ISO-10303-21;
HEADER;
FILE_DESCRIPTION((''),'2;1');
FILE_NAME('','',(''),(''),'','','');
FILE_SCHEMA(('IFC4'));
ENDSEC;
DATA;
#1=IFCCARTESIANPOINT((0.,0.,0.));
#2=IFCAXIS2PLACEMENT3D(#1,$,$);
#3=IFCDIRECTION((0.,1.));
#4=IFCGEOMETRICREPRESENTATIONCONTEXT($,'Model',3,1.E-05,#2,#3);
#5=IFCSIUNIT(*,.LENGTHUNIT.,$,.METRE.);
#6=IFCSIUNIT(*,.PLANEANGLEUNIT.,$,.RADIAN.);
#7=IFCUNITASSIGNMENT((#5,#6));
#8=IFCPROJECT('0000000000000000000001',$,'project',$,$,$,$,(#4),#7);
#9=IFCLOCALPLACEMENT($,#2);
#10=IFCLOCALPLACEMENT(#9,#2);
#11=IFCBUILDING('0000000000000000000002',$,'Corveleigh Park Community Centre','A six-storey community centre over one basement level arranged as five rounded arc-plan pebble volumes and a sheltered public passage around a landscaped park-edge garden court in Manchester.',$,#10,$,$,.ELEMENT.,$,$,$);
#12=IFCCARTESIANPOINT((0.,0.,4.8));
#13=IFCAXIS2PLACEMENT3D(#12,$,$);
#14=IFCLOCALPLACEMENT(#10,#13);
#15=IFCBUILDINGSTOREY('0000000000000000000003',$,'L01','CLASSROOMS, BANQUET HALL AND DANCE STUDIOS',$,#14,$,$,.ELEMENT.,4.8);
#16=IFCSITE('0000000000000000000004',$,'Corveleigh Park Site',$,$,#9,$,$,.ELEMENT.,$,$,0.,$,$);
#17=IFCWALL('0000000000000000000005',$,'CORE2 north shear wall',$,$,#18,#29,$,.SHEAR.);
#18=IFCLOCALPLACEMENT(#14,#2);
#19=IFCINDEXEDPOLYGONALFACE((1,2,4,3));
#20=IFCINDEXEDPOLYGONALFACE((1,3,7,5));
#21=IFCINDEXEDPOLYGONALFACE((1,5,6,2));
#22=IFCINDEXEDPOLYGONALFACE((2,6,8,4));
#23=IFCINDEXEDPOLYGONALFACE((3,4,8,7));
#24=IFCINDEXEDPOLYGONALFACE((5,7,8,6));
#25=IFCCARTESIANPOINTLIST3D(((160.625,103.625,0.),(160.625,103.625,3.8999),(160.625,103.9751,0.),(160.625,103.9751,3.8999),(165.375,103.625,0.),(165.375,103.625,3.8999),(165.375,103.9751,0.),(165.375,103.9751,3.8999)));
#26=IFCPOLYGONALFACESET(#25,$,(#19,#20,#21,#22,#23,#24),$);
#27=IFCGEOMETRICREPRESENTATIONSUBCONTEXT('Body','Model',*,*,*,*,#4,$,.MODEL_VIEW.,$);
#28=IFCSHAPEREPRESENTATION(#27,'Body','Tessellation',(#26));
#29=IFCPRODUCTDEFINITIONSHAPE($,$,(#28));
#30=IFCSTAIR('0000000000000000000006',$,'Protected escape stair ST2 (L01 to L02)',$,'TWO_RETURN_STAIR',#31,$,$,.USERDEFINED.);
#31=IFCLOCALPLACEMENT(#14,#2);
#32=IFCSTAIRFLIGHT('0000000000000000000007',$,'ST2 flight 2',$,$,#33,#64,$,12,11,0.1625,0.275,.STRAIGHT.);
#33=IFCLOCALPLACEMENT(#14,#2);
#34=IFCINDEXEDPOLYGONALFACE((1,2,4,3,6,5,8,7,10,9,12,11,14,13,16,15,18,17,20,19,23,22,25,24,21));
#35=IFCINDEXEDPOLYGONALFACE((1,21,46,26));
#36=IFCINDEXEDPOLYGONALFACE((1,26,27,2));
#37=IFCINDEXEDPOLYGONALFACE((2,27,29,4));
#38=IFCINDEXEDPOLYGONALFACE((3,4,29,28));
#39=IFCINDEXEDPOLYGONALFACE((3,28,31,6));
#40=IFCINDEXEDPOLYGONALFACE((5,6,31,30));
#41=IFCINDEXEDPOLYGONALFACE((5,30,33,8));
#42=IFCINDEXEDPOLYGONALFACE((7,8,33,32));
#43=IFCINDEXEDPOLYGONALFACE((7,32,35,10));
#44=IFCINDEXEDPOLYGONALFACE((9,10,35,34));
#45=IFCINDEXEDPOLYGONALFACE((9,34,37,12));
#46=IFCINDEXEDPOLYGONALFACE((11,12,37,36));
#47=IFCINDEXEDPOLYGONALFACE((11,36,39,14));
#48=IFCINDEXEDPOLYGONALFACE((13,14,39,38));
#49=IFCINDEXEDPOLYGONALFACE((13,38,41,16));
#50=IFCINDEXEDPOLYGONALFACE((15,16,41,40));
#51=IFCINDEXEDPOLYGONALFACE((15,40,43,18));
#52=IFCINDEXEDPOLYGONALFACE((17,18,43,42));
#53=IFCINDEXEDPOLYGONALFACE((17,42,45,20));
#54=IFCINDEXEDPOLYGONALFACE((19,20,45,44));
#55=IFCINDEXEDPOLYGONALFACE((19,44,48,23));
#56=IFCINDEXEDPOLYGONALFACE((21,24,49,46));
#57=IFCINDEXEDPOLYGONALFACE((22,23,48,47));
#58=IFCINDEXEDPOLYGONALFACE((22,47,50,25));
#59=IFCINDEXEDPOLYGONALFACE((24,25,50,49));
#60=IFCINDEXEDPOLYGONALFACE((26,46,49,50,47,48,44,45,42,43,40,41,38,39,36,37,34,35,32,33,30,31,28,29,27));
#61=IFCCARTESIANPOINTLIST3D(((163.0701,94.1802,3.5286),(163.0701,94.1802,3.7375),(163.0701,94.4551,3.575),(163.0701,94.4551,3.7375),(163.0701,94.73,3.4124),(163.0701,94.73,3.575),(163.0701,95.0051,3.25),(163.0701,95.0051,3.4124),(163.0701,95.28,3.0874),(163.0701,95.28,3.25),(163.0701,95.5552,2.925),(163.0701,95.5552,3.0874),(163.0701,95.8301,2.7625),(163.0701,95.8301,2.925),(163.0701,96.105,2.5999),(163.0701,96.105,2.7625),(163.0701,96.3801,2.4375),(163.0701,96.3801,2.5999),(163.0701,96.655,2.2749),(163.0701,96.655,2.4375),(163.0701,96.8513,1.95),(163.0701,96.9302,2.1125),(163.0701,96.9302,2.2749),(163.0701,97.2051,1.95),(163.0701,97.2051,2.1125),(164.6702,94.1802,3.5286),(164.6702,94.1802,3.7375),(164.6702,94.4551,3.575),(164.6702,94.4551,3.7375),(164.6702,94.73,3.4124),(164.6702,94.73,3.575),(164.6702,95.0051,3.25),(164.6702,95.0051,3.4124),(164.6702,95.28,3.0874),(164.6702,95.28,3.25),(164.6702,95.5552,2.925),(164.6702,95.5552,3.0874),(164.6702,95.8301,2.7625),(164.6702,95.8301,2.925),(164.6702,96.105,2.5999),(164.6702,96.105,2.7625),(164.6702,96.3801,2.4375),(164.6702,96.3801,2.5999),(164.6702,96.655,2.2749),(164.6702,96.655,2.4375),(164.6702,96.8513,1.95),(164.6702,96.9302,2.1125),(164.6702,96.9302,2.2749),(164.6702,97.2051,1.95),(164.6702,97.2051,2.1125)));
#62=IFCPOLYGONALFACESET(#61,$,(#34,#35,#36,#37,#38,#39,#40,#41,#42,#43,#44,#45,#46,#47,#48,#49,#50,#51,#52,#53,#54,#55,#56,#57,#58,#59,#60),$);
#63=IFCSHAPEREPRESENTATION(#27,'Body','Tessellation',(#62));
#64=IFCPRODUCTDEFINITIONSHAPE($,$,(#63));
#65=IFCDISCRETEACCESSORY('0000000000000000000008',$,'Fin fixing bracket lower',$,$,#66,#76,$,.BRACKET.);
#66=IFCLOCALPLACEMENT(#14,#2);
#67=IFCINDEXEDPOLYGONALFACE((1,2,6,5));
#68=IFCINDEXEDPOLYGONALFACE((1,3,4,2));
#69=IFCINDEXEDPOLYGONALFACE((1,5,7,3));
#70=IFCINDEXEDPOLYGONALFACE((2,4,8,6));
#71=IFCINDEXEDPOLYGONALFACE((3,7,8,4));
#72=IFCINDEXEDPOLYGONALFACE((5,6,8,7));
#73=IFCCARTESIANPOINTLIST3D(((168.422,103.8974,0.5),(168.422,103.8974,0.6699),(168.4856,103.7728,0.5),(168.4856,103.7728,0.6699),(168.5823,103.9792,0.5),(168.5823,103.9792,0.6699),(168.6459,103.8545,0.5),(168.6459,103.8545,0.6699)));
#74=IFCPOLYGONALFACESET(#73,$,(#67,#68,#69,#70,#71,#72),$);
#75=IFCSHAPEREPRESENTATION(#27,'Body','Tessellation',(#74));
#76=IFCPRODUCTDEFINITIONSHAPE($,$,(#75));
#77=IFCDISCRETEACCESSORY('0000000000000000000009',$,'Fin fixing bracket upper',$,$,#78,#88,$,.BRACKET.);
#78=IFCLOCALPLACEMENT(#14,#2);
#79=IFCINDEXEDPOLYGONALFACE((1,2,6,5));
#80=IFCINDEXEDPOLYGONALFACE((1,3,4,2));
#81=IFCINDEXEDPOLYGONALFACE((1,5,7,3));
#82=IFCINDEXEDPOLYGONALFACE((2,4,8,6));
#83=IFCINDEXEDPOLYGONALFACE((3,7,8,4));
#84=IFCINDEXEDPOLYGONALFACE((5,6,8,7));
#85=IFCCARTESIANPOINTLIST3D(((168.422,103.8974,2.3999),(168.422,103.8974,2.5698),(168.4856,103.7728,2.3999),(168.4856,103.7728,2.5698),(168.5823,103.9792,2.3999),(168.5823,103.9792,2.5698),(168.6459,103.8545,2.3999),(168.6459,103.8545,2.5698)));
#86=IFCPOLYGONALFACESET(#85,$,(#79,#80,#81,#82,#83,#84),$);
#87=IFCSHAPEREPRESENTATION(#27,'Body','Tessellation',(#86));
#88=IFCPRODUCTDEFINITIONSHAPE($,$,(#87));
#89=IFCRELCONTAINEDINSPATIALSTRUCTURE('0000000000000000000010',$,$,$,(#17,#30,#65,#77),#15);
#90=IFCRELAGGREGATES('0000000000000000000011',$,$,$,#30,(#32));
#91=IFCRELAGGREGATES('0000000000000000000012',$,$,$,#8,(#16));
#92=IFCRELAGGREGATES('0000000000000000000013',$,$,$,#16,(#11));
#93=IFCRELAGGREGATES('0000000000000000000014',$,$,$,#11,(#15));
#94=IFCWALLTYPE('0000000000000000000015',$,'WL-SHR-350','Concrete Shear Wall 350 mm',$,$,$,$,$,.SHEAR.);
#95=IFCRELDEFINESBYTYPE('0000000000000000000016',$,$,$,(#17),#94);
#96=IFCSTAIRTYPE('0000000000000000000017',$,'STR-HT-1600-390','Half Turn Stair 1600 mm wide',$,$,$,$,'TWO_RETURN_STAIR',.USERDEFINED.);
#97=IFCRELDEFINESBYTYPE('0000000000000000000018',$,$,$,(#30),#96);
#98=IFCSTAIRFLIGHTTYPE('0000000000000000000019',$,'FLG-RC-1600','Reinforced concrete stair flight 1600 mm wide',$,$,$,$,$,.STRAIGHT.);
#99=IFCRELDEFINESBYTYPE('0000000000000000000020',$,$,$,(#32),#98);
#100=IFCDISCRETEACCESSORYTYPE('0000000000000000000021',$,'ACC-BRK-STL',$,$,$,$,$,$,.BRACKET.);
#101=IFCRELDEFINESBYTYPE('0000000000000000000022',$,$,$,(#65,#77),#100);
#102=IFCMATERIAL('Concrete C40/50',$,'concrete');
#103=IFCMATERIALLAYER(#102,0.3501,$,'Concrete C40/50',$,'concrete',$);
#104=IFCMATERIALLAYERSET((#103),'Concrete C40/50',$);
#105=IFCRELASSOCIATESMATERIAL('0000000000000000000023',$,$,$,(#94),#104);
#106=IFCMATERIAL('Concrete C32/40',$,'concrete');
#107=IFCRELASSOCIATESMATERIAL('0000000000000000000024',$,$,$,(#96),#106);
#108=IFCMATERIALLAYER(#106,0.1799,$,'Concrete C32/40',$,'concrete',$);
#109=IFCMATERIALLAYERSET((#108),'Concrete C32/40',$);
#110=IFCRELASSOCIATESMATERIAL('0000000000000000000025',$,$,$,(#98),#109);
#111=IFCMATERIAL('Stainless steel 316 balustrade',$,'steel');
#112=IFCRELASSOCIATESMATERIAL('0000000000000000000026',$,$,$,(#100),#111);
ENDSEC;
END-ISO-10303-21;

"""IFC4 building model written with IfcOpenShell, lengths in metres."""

from ifc_helpers import new_model, si_unit, direction, frame, frame_2d, origin, origin_2d, place, context, subcontext, project, spatial, polyline, rectangle, outline, extrude, material, layer, layer_set, type_object, element, aggregate, save


model = new_model("IFC4")

# Units and contexts
model_context = context("Model", 3, precision=1e-05, world=origin(), true_north=direction((0.0, 1.0)))
body_context = subcontext(model_context, "Body", "Model", "MODEL_VIEW")
ifc_project = project(units=[si_unit("LENGTHUNIT", "METRE"), si_unit("PLANEANGLEUNIT", "RADIAN")], contexts=[model_context])

# Site, building, storey
site_placement = place(None, origin())
site = spatial("IfcSite", under=ifc_project, at=site_placement, Name="Corveleigh Park Site", CompositionType="ELEMENT", RefElevation=0.0)
building_placement = place(site_placement, origin())
building = spatial("IfcBuilding", under=site, at=building_placement, Name="Corveleigh Park Community Centre", Description="A six-storey community centre over one basement level arranged as five rounded arc-plan pebble volumes and a sheltered public passage around a landscaped park-edge garden court in Manchester.", CompositionType="ELEMENT")
storey_placement = place(building_placement, frame((0.0, 0.0, 4.8)))
storey = spatial("IfcBuildingStorey", under=building, at=storey_placement, Name="L01", Description="CLASSROOMS, BANQUET HALL AND DANCE STUDIOS", CompositionType="ELEMENT", Elevation=4.8)

# Wall
ifc_material_1 = material(Name="Concrete C40/50", Category="concrete")
ifc_layer_1 = layer(ifc_material_1, 0.3501, Name="Concrete C40/50", Category="concrete")
ifc_layer_set_1 = layer_set([ifc_layer_1], Name="Concrete C40/50")
wall_type_1 = type_object("IfcWallType", Name="WL-SHR-350", Description="Concrete Shear Wall 350 mm", PredefinedType="SHEAR", material=ifc_layer_set_1)
wall_1_placement = place(storey_placement, frame((165.375, 103.8, 0.0), z_axis=(0.0, 0.0, 1.0), x_axis=(-1.0, 0.0, 0.0)))
element("IfcWall", 1, at=wall_1_placement, inside=storey, type_object=wall_type_1, Name="CORE2 north shear wall", PredefinedType="SHEAR", context=body_context, shape_type="SweptSolid", body=[
    extrude(rectangle(XDim=4.75, YDim=0.3501, at=frame_2d((2.375, 0.0))), origin(), (0.0, 0.0, 1.0), 3.8999),
])

# Stair, stair flight
ifc_material_2 = material(Name="Concrete C32/40", Category="concrete")
stair_type = type_object("IfcStairType", Name="STR-HT-1600-390", Description="Half Turn Stair 1600 mm wide", ElementType="TWO_RETURN_STAIR", PredefinedType="USERDEFINED", material=ifc_material_2)
stair_placement = place(storey_placement, origin())
stair = element("IfcStair", 2, at=stair_placement, inside=storey, type_object=stair_type, Name="Protected escape stair ST2 (L01 to L02)", ObjectType="TWO_RETURN_STAIR", PredefinedType="USERDEFINED")
ifc_layer_2 = layer(ifc_material_2, 0.1799, Name="Concrete C32/40", Category="concrete")
ifc_layer_set_2 = layer_set([ifc_layer_2], Name="Concrete C32/40")
stair_flight_type = type_object("IfcStairFlightType", Name="FLG-RC-1600", Description="Reinforced concrete stair flight 1600 mm wide", PredefinedType="STRAIGHT", material=ifc_layer_set_2)
stair_flight_placement = place(storey_placement, frame((163.8701, 97.2051, 1.95), z_axis=(0.0, 0.0, 1.0), x_axis=(0.0, -1.0, 0.0)))
stair_flight = element("IfcStairFlight", 3, at=stair_flight_placement, type_object=stair_flight_type, Name="ST2 flight 2", NumberOfRisers=12, NumberOfTreads=11, PredefinedType="STRAIGHT", RiserHeight=0.1625, TreadLength=0.275, context=body_context, shape_type="SweptSolid", body=[
    extrude(outline(polyline([(0.0, 0.0), (0.0, 0.1626), (0.2749, 0.1626), (0.2749, 0.325), (0.55, 0.325), (0.55, 0.4875), (0.825, 0.4875), (0.825, 0.6499), (1.1001, 0.6499), (1.1001, 0.8125), (1.375, 0.8125), (1.375, 0.9751), (1.6499, 0.9751), (1.6499, 1.1375), (1.925, 1.1375), (1.925, 1.3), (2.2, 1.3), (2.2, 1.4624), (2.4751, 1.4624), (2.4751, 1.625), (2.75, 1.625), (2.75, 1.7876), (3.0249, 1.7876), (3.0249, 1.95), (3.0249, 1.5786), (0.3538, 0.0), (0.0, 0.0)])), frame((0.0, 0.8, 0.0), z_axis=(0.0, -1.0, 0.0), x_axis=(1.0, 0.0, 0.0)), (0.0, 0.0, 1.0), 1.6001),
])
aggregate(stair, [stair_flight])

# Discrete accessories
ifc_material_3 = material(Name="Stainless steel 316 balustrade", Category="steel")
discrete_accessory_type = type_object("IfcDiscreteAccessoryType", Name="ACC-BRK-STL", PredefinedType="BRACKET", material=ifc_material_3)
for number, where, z_axis, x_axis, name in (
    (4, (168.5339, 103.876, 0.5), (0.0, 0.0, 1.0), (0.890865, 0.454269, 0.0), "Fin fixing bracket lower"),
    (5, (168.5339, 103.876, 2.3999), (0.0, 0.0, 1.0), (0.890865, 0.454269, 0.0), "Fin fixing bracket upper"),
):
    element("IfcDiscreteAccessory", number, at=place(storey_placement, frame(where, z_axis=z_axis, x_axis=x_axis)), inside=storey, type_object=discrete_accessory_type, Name=name, PredefinedType="BRACKET", context=body_context, shape_type="SweptSolid", body=[
        extrude(rectangle(XDim=0.1799, YDim=0.1399, at=origin_2d()), origin(), (0.0, 0.0, 1.0), 0.1699),
    ])

save(model, "model.ifc")
